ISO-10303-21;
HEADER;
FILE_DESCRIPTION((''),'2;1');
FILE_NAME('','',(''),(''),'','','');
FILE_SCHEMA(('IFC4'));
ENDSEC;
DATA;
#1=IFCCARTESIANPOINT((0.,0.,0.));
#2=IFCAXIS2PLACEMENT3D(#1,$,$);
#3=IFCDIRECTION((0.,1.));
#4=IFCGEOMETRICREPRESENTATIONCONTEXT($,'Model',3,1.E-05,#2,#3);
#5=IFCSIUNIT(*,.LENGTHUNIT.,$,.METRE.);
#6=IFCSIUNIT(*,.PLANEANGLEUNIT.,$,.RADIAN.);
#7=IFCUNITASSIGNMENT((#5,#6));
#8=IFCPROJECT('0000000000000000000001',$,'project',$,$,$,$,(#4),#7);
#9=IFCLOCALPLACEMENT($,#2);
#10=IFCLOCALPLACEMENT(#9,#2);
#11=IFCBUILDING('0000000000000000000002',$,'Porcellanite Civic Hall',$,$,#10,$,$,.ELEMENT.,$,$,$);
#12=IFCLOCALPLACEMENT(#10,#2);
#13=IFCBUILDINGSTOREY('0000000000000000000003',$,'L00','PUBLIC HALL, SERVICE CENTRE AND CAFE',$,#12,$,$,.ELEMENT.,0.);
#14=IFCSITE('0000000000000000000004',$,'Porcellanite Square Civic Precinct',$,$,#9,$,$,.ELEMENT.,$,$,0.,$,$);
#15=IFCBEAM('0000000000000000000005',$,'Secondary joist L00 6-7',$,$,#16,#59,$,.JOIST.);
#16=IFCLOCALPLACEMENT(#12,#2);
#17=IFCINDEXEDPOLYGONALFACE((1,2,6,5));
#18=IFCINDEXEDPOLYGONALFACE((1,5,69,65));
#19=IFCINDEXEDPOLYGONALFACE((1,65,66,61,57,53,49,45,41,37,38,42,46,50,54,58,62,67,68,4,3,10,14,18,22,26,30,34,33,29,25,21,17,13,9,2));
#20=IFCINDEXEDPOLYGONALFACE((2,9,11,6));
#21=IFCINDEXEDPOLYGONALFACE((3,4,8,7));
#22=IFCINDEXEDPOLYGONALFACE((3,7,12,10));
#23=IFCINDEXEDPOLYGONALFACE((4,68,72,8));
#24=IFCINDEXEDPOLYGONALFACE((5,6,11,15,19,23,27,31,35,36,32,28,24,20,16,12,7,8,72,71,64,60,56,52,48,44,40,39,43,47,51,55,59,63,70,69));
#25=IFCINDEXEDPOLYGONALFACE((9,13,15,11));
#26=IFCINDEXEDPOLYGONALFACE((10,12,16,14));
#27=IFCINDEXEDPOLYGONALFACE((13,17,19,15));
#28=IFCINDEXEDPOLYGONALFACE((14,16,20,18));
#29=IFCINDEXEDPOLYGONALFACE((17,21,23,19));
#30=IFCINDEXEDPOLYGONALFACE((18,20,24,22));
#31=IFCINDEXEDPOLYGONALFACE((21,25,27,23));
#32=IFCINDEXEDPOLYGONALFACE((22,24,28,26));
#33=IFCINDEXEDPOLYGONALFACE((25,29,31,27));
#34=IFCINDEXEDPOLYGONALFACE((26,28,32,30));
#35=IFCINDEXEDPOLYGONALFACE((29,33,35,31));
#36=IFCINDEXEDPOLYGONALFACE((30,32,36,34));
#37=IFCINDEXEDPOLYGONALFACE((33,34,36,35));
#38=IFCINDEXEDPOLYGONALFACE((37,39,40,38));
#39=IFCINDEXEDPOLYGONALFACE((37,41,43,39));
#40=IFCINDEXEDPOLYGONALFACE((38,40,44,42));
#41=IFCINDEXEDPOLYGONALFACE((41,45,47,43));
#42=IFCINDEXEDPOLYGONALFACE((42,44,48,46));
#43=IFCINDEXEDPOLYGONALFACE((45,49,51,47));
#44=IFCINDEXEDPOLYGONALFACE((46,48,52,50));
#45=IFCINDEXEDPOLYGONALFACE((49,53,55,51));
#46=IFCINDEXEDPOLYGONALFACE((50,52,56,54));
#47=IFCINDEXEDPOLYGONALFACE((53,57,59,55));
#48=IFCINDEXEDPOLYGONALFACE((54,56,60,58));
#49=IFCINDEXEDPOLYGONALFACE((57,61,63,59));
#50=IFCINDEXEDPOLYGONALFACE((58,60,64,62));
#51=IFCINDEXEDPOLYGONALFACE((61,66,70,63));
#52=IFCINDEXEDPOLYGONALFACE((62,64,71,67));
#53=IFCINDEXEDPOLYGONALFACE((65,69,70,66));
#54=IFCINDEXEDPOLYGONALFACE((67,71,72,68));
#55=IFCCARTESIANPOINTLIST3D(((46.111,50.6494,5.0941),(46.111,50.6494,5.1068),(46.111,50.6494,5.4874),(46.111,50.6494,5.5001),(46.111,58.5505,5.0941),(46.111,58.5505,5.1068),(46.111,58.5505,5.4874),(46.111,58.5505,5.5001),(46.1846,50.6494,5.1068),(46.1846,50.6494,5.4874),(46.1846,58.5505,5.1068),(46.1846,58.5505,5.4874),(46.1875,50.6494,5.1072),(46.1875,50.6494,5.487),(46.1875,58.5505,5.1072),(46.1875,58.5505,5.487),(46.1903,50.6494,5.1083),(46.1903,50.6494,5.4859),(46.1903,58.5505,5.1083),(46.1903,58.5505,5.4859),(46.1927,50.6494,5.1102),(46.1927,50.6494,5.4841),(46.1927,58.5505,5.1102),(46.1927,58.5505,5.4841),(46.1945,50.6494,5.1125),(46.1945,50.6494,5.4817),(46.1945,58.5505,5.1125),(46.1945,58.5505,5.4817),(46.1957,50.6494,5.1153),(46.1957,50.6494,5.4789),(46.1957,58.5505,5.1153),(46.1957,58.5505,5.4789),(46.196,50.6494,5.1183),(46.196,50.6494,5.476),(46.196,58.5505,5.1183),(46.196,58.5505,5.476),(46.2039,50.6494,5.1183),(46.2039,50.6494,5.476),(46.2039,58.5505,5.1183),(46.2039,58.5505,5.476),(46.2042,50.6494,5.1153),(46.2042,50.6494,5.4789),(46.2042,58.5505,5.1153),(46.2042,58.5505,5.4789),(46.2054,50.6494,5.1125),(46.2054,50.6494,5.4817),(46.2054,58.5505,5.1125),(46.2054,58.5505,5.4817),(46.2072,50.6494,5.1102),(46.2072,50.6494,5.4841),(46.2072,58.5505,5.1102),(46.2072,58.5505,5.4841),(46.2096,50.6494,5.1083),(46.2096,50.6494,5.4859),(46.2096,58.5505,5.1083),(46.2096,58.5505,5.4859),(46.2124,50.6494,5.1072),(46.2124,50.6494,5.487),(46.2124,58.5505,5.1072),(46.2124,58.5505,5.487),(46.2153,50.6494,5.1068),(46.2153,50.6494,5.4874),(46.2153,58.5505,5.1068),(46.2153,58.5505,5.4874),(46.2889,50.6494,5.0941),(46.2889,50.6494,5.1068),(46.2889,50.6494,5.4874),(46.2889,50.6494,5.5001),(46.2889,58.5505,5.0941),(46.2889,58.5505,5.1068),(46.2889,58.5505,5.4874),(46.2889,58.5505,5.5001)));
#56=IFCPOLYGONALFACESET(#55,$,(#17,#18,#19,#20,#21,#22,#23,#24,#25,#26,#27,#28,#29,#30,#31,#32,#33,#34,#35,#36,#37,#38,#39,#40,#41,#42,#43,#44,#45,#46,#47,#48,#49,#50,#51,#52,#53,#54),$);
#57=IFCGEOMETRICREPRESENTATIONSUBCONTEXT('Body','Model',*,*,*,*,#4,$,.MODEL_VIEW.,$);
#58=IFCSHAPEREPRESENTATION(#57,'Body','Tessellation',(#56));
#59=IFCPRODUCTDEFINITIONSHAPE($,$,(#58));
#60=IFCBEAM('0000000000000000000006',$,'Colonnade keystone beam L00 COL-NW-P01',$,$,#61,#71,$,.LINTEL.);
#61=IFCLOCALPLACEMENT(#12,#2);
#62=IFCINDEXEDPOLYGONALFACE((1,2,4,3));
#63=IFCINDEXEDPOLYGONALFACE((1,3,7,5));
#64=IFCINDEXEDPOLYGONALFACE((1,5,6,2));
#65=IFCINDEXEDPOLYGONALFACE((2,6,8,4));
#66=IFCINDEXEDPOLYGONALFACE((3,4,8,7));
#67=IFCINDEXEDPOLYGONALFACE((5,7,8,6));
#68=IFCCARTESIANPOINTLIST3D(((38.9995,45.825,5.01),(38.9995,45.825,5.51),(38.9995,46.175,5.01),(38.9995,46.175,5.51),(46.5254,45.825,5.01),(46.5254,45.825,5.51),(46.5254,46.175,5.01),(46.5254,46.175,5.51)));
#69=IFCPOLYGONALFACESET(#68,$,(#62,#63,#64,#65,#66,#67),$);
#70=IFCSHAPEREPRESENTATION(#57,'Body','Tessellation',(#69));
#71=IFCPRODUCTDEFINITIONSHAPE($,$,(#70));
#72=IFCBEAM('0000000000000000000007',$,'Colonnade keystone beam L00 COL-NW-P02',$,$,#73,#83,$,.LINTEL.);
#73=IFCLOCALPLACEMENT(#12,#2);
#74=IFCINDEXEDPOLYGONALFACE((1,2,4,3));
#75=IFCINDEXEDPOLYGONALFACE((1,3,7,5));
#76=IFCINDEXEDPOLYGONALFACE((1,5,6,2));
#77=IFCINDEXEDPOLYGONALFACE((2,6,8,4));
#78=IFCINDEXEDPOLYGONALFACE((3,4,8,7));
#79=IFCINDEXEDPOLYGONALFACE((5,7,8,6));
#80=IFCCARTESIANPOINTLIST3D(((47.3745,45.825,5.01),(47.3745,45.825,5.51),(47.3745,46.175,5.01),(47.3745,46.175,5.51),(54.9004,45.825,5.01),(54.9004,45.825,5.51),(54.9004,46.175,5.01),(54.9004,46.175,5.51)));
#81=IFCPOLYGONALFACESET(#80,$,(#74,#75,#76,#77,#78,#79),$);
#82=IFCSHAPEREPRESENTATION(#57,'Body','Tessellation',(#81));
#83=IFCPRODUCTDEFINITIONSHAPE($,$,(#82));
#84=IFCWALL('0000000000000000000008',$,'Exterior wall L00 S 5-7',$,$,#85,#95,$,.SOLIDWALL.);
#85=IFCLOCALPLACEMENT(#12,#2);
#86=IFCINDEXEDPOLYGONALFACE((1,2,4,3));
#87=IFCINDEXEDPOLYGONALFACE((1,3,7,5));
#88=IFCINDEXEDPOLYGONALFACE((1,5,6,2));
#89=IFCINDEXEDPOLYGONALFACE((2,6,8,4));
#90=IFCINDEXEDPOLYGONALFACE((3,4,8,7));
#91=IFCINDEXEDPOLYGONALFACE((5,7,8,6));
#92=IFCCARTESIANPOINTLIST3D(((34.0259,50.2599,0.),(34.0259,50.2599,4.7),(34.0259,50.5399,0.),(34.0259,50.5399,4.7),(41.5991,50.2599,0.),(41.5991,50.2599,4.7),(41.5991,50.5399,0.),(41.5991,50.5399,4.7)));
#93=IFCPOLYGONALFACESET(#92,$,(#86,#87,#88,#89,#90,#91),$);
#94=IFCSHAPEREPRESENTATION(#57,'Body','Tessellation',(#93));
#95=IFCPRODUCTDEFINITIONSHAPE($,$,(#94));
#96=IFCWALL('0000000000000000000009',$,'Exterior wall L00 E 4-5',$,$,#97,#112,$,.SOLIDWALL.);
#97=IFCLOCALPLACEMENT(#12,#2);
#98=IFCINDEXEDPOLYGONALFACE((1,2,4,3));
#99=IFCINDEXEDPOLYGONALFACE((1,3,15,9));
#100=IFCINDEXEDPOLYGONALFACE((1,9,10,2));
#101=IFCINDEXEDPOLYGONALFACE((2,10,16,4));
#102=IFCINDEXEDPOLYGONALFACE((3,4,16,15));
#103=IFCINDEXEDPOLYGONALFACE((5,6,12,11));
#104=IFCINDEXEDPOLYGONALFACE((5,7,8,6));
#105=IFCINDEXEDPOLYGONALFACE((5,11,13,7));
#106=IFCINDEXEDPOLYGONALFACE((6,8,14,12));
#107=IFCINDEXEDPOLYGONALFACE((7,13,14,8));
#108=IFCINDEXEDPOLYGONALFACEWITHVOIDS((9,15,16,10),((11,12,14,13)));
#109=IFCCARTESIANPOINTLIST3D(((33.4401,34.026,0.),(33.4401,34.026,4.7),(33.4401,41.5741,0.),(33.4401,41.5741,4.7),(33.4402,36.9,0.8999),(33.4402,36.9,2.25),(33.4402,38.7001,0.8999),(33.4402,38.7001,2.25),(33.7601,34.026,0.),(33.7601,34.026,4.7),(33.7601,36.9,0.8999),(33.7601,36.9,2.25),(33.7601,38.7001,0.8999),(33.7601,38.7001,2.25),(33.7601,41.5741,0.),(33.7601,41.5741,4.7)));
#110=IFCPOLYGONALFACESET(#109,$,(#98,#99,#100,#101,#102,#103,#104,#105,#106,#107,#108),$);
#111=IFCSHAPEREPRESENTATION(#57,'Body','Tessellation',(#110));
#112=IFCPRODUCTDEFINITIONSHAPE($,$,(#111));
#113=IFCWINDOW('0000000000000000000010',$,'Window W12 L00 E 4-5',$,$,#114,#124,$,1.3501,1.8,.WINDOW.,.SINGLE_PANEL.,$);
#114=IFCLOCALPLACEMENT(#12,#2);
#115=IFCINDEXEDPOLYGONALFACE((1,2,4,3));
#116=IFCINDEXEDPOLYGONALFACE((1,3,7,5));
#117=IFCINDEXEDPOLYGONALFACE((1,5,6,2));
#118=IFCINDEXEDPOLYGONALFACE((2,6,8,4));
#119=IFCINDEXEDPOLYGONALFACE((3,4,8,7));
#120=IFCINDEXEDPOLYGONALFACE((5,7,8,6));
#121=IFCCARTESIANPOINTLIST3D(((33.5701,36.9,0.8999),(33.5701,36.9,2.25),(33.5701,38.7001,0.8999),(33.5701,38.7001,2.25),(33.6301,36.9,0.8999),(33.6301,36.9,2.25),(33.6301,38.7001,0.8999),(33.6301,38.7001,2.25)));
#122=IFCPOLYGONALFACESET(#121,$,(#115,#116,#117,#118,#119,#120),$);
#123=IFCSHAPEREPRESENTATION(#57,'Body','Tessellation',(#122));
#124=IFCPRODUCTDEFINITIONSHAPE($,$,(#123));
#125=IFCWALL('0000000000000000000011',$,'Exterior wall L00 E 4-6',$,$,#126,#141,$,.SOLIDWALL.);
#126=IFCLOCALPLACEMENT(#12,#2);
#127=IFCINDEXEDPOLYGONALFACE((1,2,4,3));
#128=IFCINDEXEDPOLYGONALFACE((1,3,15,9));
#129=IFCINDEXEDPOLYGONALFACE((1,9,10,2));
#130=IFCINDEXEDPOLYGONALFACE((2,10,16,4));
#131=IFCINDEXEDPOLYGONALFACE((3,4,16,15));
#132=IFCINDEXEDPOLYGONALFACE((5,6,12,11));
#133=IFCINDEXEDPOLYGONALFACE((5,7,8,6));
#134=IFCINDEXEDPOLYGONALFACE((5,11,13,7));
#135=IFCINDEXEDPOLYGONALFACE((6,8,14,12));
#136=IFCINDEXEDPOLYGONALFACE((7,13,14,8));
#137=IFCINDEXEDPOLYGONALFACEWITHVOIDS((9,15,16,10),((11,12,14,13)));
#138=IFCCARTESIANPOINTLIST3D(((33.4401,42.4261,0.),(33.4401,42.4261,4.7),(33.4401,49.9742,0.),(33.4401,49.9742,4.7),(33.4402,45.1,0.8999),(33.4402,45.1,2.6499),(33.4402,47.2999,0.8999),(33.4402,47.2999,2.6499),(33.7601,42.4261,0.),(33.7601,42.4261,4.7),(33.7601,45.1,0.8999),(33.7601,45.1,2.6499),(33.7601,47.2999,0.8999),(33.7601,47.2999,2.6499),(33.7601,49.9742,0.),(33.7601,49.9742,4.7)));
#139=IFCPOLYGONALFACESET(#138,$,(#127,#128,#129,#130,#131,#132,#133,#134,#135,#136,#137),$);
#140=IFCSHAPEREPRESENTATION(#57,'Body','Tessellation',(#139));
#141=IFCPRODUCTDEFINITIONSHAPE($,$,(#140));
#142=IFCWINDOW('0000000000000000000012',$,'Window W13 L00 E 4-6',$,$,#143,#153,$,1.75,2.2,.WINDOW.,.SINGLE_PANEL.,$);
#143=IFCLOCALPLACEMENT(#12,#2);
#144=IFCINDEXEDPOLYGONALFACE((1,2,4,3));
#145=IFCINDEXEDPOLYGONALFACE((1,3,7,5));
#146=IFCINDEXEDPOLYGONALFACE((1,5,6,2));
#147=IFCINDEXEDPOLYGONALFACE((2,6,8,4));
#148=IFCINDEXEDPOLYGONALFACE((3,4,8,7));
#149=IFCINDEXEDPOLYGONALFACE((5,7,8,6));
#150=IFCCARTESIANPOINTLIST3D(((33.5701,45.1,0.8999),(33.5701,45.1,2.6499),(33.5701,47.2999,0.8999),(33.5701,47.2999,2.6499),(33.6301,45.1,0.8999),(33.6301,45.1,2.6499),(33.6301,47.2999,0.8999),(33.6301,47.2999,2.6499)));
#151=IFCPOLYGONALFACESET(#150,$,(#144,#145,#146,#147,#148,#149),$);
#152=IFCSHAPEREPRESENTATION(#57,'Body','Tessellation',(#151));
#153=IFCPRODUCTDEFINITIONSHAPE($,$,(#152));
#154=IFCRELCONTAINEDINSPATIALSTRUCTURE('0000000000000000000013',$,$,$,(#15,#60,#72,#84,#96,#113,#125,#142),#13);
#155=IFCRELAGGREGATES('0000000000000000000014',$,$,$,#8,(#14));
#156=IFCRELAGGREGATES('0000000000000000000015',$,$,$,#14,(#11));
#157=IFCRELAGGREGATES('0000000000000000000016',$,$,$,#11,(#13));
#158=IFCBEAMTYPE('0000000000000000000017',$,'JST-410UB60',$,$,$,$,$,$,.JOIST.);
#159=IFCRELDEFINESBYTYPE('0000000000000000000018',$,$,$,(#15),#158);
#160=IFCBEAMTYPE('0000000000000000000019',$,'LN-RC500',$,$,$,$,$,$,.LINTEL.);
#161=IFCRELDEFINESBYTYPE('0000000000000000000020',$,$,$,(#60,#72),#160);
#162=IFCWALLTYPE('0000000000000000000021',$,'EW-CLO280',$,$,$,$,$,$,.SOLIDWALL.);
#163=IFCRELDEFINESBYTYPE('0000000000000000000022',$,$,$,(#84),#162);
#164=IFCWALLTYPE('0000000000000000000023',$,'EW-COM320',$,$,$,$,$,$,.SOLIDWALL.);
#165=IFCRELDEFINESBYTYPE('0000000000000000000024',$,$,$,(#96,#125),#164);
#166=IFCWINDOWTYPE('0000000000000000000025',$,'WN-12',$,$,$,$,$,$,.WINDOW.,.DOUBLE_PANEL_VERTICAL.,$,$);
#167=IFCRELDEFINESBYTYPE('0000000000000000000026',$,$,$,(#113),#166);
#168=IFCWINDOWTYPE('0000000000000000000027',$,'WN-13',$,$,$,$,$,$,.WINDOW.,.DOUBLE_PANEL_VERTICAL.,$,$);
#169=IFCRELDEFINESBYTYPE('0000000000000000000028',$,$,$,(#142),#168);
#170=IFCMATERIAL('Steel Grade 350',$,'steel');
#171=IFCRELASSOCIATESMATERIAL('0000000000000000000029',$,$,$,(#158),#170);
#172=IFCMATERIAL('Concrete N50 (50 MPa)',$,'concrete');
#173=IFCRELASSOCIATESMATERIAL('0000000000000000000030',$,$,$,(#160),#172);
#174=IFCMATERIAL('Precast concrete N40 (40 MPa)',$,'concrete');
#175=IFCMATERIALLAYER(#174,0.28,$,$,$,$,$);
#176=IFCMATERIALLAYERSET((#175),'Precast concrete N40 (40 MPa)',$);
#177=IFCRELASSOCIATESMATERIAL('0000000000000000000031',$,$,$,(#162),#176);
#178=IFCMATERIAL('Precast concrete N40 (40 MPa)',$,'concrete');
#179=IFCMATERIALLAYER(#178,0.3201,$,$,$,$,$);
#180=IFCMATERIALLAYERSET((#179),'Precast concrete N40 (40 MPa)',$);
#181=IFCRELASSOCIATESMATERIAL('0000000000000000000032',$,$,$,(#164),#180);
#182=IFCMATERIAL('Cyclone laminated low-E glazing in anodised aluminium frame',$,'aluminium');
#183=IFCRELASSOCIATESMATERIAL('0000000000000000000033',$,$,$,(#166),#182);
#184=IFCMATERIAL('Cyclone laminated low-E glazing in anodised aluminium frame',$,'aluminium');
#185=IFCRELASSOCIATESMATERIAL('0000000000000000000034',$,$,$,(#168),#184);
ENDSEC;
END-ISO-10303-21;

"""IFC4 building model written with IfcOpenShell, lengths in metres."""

from ifc_helpers import new_model, si_unit, direction, frame, frame_2d, origin, origin_2d, place, context, subcontext, project, spatial, rectangle, i_section, extrude, material, layer, layer_set, material_profile, profile_set, type_object, element, fill, save


model = new_model("IFC4")

# Units and contexts
model_context = context("Model", 3, precision=1e-05, world=origin(), true_north=direction((0.0, 1.0)))
body_context = subcontext(model_context, "Body", "Model", "MODEL_VIEW")
ifc_project = project(units=[si_unit("LENGTHUNIT", "METRE"), si_unit("PLANEANGLEUNIT", "RADIAN")], contexts=[model_context])

# Site, building, storey
site_placement = place(None, origin())
site = spatial("IfcSite", under=ifc_project, at=site_placement, Name="Porcellanite Square Civic Precinct", CompositionType="ELEMENT", RefElevation=0.0)
building_placement = place(site_placement, origin())
building = spatial("IfcBuilding", under=site, at=building_placement, Name="Porcellanite Civic Hall", CompositionType="ELEMENT")
storey_placement = place(building_placement, origin())
storey = spatial("IfcBuildingStorey", under=building, at=storey_placement, Name="L00", Description="PUBLIC HALL, SERVICE CENTRE AND CAFE", CompositionType="ELEMENT", Elevation=0.0)

# Beams
ifc_material_1 = material(Name="Steel Grade 350", Category="steel")
ifc_material_profile_1 = material_profile(ifc_material_1, i_section(OverallWidth=0.178, OverallDepth=0.406, WebThickness=0.0078, FlangeThickness=0.0127, FilletRadius=0.0115, at=origin_2d()), Name="410UB59.7")
ifc_profile_set_1 = profile_set([ifc_material_profile_1], Name="Steel Grade 350")
beam_type_1 = type_object("IfcBeamType", Name="JST-410UB60", PredefinedType="JOIST", material=ifc_profile_set_1)
beam_1_placement = place(storey_placement, frame((46.2, 50.6494, 5.2971), z_axis=(0.0, 1.0, 0.0), x_axis=(-1.0, 0.0, 0.0)))
element("IfcBeam", 1, at=beam_1_placement, inside=storey, type_object=beam_type_1, Name="Secondary joist L00 6-7", PredefinedType="JOIST", context=body_context, shape_type="SweptSolid", body=[
    extrude(i_section(OverallWidth=0.178, OverallDepth=0.406, WebThickness=0.0078, FlangeThickness=0.0127, FilletRadius=0.0115, at=origin_2d()), origin(), (0.0, 0.0, 1.0), 7.9011),
])
ifc_material_2 = material(Name="Concrete N50 (50 MPa)", Category="concrete")
ifc_material_profile_2 = material_profile(ifc_material_2, rectangle(XDim=0.3501, YDim=0.5, at=origin_2d()), Name="RC-350x500")
ifc_profile_set_2 = profile_set([ifc_material_profile_2], Name="Concrete N50 (50 MPa)")
beam_type_2 = type_object("IfcBeamType", Name="LN-RC500", PredefinedType="LINTEL", material=ifc_profile_set_2)
for number, where, z_axis, x_axis, name in (
    (2, (38.9995, 46.0, 5.26), (1.0, 0.0, 0.0), (0.0, 1.0, 0.0), "Colonnade keystone beam L00 COL-NW-P01"),
    (3, (47.3745, 46.0, 5.26), (1.0, 0.0, 0.0), (0.0, 1.0, 0.0), "Colonnade keystone beam L00 COL-NW-P02"),
):
    element("IfcBeam", number, at=place(storey_placement, frame(where, z_axis=z_axis, x_axis=x_axis)), inside=storey, type_object=beam_type_2, Name=name, PredefinedType="LINTEL", context=body_context, shape_type="SweptSolid", body=[
        extrude(rectangle(XDim=0.3501, YDim=0.5, at=origin_2d()), origin(), (0.0, 0.0, 1.0), 7.5259),
    ])

# Wall
ifc_material_3 = material(Name="Precast concrete N40 (40 MPa)", Category="concrete")
ifc_layer_1 = layer(ifc_material_3, 0.28)
ifc_layer_set_1 = layer_set([ifc_layer_1], Name="Precast concrete N40 (40 MPa)")
wall_type_1 = type_object("IfcWallType", Name="EW-CLO280", PredefinedType="SOLIDWALL", material=ifc_layer_set_1)
wall_1_placement = place(storey_placement, frame((41.5991, 50.3999, 0.0), z_axis=(0.0, 0.0, 1.0), x_axis=(-1.0, 0.0, 0.0)))
element("IfcWall", 4, at=wall_1_placement, inside=storey, type_object=wall_type_1, Name="Exterior wall L00 S 5-7", PredefinedType="SOLIDWALL", context=body_context, shape_type="SweptSolid", body=[
    extrude(rectangle(XDim=7.5732, YDim=0.28, at=frame_2d((3.7866, 0.0))), origin(), (0.0, 0.0, 1.0), 4.7),
])

# Walls, openings, windows
ifc_material_4 = material(Name="Precast concrete N40 (40 MPa)", Category="concrete")
ifc_layer_2 = layer(ifc_material_4, 0.3201)
ifc_layer_set_2 = layer_set([ifc_layer_2], Name="Precast concrete N40 (40 MPa)")
wall_type_2 = type_object("IfcWallType", Name="EW-COM320", PredefinedType="SOLIDWALL", material=ifc_layer_set_2)
wall_2_placement = place(storey_placement, frame((33.6001, 41.574, 0.0), z_axis=(0.0, 0.0, 1.0), x_axis=(0.0, -1.0, 0.0)))
wall_2 = element("IfcWall", 5, at=wall_2_placement, inside=storey, type_object=wall_type_2, Name="Exterior wall L00 E 4-5", PredefinedType="SOLIDWALL", context=body_context, shape_type="SweptSolid", body=[
    extrude(rectangle(XDim=7.5481, YDim=0.3201, at=frame_2d((3.7739, 0.0))), origin(), (0.0, 0.0, 1.0), 4.7),
])
opening_1_placement = place(wall_2_placement, frame((2.874, 0.0, 0.8999)))
opening_1 = element("IfcOpeningElement", 6, at=opening_1_placement, cuts=wall_2, PredefinedType="OPENING", context=body_context, shape_type="SweptSolid", body=[
    extrude(rectangle(XDim=1.8, YDim=1.3501, at=frame_2d((0.8999, 0.675))), frame((0.0, 0.1602, 0.0), z_axis=(0.0, -1.0, 0.0), x_axis=(1.0, 0.0, 0.0)), (0.0, 0.0, 1.0), 0.3201),
])
ifc_material_5 = material(Name="Cyclone laminated low-E glazing in anodised aluminium frame", Category="aluminium")
window_type_1 = type_object("IfcWindowType", Name="WN-12", PartitioningType="DOUBLE_PANEL_VERTICAL", PredefinedType="WINDOW", material=ifc_material_5)
window_1_placement = place(opening_1_placement, origin())
window_1 = element("IfcWindow", 7, at=window_1_placement, inside=storey, type_object=window_type_1, Name="Window W12 L00 E 4-5", OverallHeight=1.3501, OverallWidth=1.8, PartitioningType="SINGLE_PANEL", PredefinedType="WINDOW", context=body_context, shape_type="SweptSolid", body=[
    extrude(rectangle(XDim=1.8, YDim=1.3501, at=frame_2d((0.8999, 0.675))), frame((0.0, 0.03, 0.0), z_axis=(0.0, -1.0, 0.0), x_axis=(1.0, 0.0, 0.0)), (0.0, 0.0, 1.0), 0.0601),
])
fill(opening_1, window_1)
wall_3_placement = place(storey_placement, frame((33.6001, 49.9741, 0.0), z_axis=(0.0, 0.0, 1.0), x_axis=(0.0, -1.0, 0.0)))
wall_3 = element("IfcWall", 8, at=wall_3_placement, inside=storey, type_object=wall_type_2, Name="Exterior wall L00 E 4-6", PredefinedType="SOLIDWALL", context=body_context, shape_type="SweptSolid", body=[
    extrude(rectangle(XDim=7.5481, YDim=0.3201, at=frame_2d((3.7739, 0.0))), origin(), (0.0, 0.0, 1.0), 4.7),
])
opening_2_placement = place(wall_3_placement, frame((2.6741, 0.0, 0.8999)))
opening_2 = element("IfcOpeningElement", 9, at=opening_2_placement, cuts=wall_3, PredefinedType="OPENING", context=body_context, shape_type="SweptSolid", body=[
    extrude(rectangle(XDim=2.2, YDim=1.75, at=frame_2d((1.1001, 0.875))), frame((0.0, 0.1602, 0.0), z_axis=(0.0, -1.0, 0.0), x_axis=(1.0, 0.0, 0.0)), (0.0, 0.0, 1.0), 0.3201),
])
ifc_material_6 = material(Name="Cyclone laminated low-E glazing in anodised aluminium frame", Category="aluminium")
window_type_2 = type_object("IfcWindowType", Name="WN-13", PartitioningType="DOUBLE_PANEL_VERTICAL", PredefinedType="WINDOW", material=ifc_material_6)
window_2_placement = place(opening_2_placement, origin())
window_2 = element("IfcWindow", 10, at=window_2_placement, inside=storey, type_object=window_type_2, Name="Window W13 L00 E 4-6", OverallHeight=1.75, OverallWidth=2.2, PartitioningType="SINGLE_PANEL", PredefinedType="WINDOW", context=body_context, shape_type="SweptSolid", body=[
    extrude(rectangle(XDim=2.2, YDim=1.75, at=frame_2d((1.1001, 0.875))), frame((0.0, 0.03, 0.0), z_axis=(0.0, -1.0, 0.0), x_axis=(1.0, 0.0, 0.0)), (0.0, 0.0, 1.0), 0.0601),
])
fill(opening_2, window_2)

save(model, "model.ifc")
